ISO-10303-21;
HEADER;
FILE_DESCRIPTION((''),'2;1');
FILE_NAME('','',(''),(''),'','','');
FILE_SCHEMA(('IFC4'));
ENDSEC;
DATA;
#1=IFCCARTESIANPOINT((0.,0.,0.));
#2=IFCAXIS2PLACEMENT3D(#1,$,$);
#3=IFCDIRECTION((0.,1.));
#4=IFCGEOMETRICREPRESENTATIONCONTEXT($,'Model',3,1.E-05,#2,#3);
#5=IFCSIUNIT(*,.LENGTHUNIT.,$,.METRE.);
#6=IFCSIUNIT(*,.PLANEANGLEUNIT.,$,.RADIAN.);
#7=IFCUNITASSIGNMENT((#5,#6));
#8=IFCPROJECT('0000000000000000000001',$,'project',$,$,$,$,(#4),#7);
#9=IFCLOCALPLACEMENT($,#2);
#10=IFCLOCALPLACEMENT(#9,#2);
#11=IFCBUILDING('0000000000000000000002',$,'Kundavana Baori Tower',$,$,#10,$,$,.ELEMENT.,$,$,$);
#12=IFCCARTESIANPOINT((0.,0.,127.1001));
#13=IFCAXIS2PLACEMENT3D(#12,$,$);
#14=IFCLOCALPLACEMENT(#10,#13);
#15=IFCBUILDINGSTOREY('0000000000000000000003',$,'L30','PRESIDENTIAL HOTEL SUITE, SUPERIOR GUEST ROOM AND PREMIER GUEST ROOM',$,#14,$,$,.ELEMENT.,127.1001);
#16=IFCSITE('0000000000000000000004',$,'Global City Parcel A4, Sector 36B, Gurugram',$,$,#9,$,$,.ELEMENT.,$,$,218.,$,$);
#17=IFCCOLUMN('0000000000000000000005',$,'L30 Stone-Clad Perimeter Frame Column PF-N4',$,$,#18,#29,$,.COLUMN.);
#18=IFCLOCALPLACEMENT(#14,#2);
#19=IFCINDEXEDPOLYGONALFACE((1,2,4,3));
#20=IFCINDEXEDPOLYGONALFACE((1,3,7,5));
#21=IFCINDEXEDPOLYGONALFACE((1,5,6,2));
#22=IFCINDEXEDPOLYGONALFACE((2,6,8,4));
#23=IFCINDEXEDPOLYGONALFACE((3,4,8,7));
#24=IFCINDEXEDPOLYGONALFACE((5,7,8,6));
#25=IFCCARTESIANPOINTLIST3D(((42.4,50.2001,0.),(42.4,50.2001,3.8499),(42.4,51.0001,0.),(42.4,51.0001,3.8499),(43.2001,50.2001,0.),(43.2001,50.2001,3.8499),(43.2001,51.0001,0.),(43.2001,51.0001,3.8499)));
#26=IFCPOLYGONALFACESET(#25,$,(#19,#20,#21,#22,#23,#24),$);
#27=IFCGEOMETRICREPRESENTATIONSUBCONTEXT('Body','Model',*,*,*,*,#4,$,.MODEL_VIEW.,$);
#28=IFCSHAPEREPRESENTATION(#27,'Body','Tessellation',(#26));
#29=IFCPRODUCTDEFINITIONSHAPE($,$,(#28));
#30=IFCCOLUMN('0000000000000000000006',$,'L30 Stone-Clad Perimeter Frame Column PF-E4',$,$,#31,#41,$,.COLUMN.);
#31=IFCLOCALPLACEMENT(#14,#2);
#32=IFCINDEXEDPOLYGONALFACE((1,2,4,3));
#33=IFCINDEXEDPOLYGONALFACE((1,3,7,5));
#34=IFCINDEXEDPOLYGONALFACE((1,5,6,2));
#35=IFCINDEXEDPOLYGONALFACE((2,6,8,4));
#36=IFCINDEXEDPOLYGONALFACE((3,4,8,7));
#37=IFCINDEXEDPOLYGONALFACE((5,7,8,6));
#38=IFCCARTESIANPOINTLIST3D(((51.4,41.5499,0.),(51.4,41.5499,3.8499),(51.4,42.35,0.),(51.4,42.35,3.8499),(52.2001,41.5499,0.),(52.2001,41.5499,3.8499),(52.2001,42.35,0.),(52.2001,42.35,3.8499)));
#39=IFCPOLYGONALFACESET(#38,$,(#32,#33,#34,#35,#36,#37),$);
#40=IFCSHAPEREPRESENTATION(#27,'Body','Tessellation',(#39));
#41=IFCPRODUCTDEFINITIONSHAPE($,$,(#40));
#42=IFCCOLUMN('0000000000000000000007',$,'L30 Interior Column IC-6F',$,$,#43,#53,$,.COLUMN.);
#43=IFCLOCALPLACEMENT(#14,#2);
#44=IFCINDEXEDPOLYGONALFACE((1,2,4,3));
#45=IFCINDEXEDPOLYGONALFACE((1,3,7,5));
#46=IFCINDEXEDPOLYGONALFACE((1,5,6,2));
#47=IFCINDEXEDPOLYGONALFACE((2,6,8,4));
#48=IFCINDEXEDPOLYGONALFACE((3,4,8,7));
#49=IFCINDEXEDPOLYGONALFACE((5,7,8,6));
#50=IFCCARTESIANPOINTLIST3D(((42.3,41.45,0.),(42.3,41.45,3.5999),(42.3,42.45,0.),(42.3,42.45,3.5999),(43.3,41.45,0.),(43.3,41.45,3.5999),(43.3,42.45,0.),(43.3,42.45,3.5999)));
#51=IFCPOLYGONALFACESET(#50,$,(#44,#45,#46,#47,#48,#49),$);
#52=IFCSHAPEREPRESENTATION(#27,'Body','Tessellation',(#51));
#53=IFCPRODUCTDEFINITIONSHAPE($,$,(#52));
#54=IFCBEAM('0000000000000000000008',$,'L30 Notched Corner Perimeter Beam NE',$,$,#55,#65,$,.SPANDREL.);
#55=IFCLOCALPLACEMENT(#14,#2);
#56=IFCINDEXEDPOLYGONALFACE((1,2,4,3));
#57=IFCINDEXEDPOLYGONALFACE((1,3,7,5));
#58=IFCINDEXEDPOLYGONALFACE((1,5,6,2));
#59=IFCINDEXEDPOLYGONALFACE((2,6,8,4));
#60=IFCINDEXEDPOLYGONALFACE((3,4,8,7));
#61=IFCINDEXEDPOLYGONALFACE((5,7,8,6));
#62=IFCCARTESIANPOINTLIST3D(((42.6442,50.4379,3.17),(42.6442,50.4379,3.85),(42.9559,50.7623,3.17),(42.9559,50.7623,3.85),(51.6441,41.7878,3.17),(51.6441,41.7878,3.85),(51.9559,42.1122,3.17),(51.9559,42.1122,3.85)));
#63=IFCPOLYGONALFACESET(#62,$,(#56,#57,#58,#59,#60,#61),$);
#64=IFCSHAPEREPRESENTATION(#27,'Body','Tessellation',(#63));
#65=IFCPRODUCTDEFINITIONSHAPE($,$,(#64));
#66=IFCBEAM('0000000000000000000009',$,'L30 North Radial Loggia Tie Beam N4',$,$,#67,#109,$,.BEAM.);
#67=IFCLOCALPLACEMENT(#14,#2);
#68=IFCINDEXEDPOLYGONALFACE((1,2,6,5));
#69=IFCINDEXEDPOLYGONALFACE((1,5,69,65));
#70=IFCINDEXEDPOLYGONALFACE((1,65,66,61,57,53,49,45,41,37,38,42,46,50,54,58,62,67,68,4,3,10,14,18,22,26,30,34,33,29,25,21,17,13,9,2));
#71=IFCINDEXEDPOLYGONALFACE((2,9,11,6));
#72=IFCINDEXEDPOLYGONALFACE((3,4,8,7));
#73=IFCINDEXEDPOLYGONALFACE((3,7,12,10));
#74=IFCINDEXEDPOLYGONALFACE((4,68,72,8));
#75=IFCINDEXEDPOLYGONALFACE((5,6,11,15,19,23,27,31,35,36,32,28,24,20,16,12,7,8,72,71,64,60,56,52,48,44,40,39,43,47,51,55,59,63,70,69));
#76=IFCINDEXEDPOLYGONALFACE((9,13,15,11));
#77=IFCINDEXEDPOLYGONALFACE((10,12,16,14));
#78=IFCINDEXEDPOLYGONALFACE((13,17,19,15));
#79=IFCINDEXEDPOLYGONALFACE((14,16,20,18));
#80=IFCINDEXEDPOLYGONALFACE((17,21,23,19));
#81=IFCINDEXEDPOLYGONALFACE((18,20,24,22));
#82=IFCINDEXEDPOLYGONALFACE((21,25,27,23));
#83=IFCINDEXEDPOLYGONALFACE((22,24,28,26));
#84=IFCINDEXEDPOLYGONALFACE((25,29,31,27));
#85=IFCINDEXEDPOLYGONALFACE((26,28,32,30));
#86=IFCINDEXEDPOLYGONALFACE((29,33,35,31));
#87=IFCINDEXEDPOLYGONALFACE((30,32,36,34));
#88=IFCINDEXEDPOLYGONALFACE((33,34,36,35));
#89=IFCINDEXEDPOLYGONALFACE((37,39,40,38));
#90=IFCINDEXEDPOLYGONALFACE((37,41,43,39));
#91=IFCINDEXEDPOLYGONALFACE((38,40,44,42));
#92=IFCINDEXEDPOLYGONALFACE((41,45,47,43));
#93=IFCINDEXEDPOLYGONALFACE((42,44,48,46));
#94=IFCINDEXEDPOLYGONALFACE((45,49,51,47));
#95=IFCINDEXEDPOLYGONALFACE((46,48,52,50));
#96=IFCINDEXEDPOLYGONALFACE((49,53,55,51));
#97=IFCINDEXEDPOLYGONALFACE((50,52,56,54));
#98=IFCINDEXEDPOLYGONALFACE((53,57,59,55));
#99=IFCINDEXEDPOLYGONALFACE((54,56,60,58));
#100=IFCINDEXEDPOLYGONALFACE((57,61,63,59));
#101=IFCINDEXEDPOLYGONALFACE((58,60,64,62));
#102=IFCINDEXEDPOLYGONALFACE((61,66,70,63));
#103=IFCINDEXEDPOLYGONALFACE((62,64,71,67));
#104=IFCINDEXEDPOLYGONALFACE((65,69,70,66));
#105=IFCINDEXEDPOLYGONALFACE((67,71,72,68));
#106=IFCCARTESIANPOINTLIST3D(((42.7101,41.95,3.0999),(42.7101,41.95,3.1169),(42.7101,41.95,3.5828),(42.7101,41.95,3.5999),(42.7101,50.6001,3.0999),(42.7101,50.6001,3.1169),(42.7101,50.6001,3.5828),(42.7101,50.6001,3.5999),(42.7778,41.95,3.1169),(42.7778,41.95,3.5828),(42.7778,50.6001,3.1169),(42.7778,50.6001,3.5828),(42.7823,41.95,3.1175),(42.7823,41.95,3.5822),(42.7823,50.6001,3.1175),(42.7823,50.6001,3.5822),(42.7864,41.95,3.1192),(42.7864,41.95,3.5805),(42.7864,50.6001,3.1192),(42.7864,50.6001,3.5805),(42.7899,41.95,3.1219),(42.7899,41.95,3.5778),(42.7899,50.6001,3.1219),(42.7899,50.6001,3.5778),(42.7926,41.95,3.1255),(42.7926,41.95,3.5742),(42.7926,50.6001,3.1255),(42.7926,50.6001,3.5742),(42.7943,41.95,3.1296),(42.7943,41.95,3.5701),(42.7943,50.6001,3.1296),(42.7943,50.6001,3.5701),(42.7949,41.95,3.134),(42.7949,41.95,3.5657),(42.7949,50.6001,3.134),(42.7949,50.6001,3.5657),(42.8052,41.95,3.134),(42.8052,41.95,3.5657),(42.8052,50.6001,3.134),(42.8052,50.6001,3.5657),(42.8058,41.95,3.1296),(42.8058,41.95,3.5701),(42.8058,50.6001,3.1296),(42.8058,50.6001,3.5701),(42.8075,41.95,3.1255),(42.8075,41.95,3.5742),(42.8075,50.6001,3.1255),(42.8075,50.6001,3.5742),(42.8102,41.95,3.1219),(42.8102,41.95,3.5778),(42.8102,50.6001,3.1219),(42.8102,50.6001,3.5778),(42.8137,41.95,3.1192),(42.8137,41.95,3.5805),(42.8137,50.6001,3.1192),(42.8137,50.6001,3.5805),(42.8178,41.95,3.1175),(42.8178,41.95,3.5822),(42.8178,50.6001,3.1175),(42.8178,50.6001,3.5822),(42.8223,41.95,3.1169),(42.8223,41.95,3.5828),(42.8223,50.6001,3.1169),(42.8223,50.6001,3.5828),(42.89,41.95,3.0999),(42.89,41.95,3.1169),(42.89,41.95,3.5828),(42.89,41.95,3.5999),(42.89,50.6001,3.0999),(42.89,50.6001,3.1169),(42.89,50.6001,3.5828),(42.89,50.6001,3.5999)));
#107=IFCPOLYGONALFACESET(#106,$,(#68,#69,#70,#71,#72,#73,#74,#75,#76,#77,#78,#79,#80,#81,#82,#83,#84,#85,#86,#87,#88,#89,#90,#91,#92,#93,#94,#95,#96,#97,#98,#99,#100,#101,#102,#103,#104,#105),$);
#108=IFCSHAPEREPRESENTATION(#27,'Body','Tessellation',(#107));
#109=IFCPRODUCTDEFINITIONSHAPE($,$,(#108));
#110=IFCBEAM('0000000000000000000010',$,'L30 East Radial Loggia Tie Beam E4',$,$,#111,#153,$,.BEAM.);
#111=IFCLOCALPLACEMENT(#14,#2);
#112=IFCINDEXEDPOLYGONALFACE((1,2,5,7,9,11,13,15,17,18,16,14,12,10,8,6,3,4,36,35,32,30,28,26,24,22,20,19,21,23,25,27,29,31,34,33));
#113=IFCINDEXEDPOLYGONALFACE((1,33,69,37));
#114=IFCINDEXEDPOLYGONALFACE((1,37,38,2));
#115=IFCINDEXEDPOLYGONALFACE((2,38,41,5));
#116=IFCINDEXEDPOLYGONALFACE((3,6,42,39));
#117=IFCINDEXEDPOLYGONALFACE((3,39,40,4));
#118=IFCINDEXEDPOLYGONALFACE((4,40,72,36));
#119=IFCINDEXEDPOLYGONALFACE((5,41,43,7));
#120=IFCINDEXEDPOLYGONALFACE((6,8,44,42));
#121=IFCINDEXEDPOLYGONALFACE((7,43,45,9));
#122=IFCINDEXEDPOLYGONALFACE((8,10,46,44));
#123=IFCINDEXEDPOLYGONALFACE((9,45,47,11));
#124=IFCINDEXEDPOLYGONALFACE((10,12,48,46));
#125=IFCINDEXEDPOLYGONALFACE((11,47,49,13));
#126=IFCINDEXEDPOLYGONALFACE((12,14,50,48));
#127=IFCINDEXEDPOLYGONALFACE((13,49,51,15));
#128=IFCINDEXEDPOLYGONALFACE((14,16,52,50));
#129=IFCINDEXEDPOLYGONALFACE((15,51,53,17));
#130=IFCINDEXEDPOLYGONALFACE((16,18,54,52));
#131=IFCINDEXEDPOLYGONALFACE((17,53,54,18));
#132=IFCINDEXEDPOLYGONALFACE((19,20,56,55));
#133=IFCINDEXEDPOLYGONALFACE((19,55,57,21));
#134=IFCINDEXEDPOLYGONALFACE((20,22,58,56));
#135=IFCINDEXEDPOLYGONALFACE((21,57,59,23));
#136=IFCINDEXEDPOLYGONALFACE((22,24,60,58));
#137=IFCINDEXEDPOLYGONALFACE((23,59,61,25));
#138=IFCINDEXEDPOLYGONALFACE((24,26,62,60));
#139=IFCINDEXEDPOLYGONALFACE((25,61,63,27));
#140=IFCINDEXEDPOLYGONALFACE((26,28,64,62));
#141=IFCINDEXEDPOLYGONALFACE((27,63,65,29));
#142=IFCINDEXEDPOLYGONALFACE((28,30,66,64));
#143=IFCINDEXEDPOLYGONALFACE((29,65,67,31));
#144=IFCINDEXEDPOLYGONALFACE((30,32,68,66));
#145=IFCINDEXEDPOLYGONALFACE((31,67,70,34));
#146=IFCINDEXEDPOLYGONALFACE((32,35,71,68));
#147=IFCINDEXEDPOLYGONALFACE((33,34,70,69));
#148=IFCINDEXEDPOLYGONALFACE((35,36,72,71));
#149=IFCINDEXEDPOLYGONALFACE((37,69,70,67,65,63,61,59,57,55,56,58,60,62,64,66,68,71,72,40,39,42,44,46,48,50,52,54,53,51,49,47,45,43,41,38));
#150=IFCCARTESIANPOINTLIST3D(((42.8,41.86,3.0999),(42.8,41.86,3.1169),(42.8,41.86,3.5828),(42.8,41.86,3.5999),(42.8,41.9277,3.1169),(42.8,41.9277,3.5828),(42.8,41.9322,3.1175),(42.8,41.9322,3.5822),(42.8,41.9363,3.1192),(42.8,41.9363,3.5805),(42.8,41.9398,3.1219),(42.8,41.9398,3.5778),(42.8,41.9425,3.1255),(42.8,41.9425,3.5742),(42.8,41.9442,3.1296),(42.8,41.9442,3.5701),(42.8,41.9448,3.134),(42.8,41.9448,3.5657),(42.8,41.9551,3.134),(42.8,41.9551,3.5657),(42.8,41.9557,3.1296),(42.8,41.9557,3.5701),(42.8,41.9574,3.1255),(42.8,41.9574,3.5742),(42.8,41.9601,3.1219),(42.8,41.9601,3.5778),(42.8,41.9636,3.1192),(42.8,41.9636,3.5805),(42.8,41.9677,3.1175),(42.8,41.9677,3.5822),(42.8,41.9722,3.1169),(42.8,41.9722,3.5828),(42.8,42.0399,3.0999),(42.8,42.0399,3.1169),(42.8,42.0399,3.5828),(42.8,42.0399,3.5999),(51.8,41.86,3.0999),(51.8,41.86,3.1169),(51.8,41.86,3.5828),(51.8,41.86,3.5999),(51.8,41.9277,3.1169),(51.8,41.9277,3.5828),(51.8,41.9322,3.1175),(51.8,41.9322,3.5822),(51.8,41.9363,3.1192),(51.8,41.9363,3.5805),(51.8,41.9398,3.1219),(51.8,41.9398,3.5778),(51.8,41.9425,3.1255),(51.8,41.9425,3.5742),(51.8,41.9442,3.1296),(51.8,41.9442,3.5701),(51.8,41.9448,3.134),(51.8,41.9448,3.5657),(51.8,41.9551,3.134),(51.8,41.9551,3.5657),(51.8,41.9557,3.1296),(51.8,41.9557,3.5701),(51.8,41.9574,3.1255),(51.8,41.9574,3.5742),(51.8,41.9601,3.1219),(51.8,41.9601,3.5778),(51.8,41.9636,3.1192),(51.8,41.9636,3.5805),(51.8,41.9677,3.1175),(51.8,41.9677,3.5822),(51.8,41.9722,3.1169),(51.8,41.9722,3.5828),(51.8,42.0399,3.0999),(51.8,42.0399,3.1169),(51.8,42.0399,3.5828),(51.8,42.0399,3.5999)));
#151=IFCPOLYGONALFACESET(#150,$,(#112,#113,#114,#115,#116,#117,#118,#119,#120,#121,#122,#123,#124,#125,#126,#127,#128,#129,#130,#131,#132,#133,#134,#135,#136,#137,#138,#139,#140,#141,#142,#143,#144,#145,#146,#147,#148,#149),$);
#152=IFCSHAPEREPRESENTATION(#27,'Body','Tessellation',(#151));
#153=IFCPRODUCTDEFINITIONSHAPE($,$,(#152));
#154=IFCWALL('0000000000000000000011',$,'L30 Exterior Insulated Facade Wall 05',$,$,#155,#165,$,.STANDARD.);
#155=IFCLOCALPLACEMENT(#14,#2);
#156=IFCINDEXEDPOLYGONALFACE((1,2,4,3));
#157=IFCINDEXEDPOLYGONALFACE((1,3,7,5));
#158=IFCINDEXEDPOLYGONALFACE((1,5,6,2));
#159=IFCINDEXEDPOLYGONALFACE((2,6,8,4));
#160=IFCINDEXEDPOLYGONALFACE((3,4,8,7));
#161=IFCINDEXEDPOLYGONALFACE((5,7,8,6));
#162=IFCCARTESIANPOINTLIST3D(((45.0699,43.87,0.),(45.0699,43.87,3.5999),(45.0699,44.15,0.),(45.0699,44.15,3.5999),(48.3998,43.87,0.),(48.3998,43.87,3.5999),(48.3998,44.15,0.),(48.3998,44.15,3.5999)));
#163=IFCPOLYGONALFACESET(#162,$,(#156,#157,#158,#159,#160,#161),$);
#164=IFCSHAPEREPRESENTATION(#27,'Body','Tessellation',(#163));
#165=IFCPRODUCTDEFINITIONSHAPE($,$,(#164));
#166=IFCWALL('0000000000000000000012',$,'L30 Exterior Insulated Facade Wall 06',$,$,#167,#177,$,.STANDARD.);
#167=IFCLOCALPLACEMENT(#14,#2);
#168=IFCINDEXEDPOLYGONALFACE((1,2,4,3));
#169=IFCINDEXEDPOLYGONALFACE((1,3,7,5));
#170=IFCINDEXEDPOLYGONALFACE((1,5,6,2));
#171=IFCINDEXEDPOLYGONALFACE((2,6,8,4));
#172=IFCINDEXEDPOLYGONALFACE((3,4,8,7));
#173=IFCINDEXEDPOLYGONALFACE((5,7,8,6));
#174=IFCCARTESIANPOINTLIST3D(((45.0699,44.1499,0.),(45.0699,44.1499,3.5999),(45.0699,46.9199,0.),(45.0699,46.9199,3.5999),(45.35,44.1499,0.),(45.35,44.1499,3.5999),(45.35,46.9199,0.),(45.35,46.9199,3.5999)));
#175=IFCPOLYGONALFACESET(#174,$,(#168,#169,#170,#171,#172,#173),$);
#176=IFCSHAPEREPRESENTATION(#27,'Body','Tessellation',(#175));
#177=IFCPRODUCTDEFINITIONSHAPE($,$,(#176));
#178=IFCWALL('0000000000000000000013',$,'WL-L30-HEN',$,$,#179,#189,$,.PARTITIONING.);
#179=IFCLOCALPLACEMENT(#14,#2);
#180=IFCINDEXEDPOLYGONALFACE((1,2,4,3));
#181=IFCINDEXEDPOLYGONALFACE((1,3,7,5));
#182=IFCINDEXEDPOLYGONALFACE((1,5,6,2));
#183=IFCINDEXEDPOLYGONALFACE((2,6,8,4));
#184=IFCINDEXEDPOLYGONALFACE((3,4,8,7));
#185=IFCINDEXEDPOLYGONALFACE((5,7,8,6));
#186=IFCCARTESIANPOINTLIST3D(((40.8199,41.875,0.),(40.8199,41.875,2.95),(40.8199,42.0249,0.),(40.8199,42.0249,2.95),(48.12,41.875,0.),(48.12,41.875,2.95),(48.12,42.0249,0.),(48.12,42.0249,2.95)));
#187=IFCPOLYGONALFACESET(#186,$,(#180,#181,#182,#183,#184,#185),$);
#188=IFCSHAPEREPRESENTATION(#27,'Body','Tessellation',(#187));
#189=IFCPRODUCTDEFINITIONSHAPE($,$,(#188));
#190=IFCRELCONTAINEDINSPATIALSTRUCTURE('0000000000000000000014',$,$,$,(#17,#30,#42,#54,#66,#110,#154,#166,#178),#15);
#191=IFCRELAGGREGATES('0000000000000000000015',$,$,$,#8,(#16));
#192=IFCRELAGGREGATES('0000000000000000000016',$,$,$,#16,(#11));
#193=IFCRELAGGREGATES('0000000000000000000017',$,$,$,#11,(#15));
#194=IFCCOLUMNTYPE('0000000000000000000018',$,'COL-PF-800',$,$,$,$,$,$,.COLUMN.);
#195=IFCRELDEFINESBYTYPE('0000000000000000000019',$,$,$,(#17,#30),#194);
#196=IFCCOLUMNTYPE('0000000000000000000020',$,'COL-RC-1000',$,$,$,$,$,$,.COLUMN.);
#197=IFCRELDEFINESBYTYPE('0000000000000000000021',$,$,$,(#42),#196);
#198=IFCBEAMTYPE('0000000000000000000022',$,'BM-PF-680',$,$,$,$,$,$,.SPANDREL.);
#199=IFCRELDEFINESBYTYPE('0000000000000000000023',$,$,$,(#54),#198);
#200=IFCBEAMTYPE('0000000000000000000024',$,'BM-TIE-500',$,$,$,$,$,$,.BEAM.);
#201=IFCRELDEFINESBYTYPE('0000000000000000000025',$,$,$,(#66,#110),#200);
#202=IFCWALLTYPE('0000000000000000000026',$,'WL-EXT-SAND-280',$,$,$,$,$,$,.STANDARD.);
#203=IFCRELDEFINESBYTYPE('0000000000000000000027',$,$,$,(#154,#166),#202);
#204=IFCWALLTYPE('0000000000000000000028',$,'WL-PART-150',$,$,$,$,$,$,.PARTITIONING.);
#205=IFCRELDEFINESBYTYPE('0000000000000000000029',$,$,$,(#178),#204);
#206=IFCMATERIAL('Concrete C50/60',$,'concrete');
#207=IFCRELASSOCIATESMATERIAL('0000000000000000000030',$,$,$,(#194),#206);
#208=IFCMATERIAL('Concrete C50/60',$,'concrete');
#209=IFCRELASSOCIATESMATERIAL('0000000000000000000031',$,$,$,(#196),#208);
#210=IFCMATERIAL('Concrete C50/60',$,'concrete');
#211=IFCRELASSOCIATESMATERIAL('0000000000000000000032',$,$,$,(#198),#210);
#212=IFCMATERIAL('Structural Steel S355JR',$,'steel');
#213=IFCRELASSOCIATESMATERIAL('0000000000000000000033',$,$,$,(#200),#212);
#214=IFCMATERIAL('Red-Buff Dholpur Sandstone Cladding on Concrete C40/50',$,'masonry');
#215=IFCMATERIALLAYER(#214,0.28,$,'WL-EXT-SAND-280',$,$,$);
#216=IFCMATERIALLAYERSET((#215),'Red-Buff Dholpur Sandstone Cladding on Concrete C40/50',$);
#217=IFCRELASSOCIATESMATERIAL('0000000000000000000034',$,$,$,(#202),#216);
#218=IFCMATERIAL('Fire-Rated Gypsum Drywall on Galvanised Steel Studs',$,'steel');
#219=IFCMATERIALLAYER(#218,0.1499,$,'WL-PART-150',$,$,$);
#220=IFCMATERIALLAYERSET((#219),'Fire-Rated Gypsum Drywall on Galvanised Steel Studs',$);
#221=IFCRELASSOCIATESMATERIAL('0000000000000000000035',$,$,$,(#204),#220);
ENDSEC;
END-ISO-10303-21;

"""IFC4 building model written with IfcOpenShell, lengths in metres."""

from ifc_helpers import new_model, si_unit, direction, frame, frame_2d, origin, origin_2d, place, context, subcontext, project, spatial, rectangle, i_section, extrude, material, layer, layer_set, material_profile, profile_set, type_object, element, save


model = new_model("IFC4")

# Units and contexts
model_context = context("Model", 3, precision=1e-05, world=origin(), true_north=direction((0.0, 1.0)))
body_context = subcontext(model_context, "Body", "Model", "MODEL_VIEW")
ifc_project = project(units=[si_unit("LENGTHUNIT", "METRE"), si_unit("PLANEANGLEUNIT", "RADIAN")], contexts=[model_context])

# Site, building, storey
site_placement = place(None, origin())
site = spatial("IfcSite", under=ifc_project, at=site_placement, Name="Global City Parcel A4, Sector 36B, Gurugram", CompositionType="ELEMENT", RefElevation=218.0)
building_placement = place(site_placement, origin())
building = spatial("IfcBuilding", under=site, at=building_placement, Name="Kundavana Baori Tower", CompositionType="ELEMENT")
storey_placement = place(building_placement, frame((0.0, 0.0, 127.1001)))
storey = spatial("IfcBuildingStorey", under=building, at=storey_placement, Name="L30", Description="PRESIDENTIAL HOTEL SUITE, SUPERIOR GUEST ROOM AND PREMIER GUEST ROOM", CompositionType="ELEMENT", Elevation=127.1001)

# Columns
ifc_material_1 = material(Name="Concrete C50/60", Category="concrete")
ifc_material_profile_1 = material_profile(ifc_material_1, rectangle(XDim=0.8, YDim=0.8, at=origin_2d()), Name="RC PF 800x800")
ifc_profile_set_1 = profile_set([ifc_material_profile_1], Name="Concrete C50/60")
column_type_1 = type_object("IfcColumnType", Name="COL-PF-800", PredefinedType="COLUMN", material=ifc_profile_set_1)
for number, where, z_axis, x_axis, name in (
    (1, (42.8, 50.6001, 0.0), (0.0, 0.0, 1.0), (1.0, 0.0, 0.0), "L30 Stone-Clad Perimeter Frame Column PF-N4"),
    (2, (51.8, 41.95, 0.0), (0.0, 0.0, 1.0), (1.0, 0.0, 0.0), "L30 Stone-Clad Perimeter Frame Column PF-E4"),
):
    element("IfcColumn", number, at=place(storey_placement, frame(where, z_axis=z_axis, x_axis=x_axis)), inside=storey, type_object=column_type_1, Name=name, PredefinedType="COLUMN", context=body_context, shape_type="SweptSolid", body=[
        extrude(rectangle(XDim=0.8, YDim=0.8, at=origin_2d()), origin(), (0.0, 0.0, 1.0), 3.8499),
    ])
ifc_material_2 = material(Name="Concrete C50/60", Category="concrete")
ifc_material_profile_2 = material_profile(ifc_material_2, rectangle(XDim=1.0, YDim=1.0, at=origin_2d()), Name="RC 1000x1000")
ifc_profile_set_2 = profile_set([ifc_material_profile_2], Name="Concrete C50/60")
column_type_2 = type_object("IfcColumnType", Name="COL-RC-1000", PredefinedType="COLUMN", material=ifc_profile_set_2)
column_placement = place(storey_placement, frame((42.8, 41.95, 0.0), z_axis=(0.0, 0.0, 1.0), x_axis=(1.0, 0.0, 0.0)))
element("IfcColumn", 3, at=column_placement, inside=storey, type_object=column_type_2, Name="L30 Interior Column IC-6F", PredefinedType="COLUMN", context=body_context, shape_type="SweptSolid", body=[
    extrude(rectangle(XDim=1.0, YDim=1.0, at=origin_2d()), origin(), (0.0, 0.0, 1.0), 3.5999),
])

# Beams
ifc_material_3 = material(Name="Concrete C50/60", Category="concrete")
ifc_material_profile_3 = material_profile(ifc_material_3, rectangle(XDim=0.45, YDim=0.6799, at=origin_2d()), Name="RC BM 450x680")
ifc_profile_set_3 = profile_set([ifc_material_profile_3], Name="Concrete C50/60")
beam_type_1 = type_object("IfcBeamType", Name="BM-PF-680", PredefinedType="SPANDREL", material=ifc_profile_set_3)
beam_1_placement = place(storey_placement, frame((42.8, 50.6001, 3.51), z_axis=(0.720981, -0.692955, 0.0), x_axis=(0.692955, 0.720981, 0.0)))
element("IfcBeam", 4, at=beam_1_placement, inside=storey, type_object=beam_type_1, Name="L30 Notched Corner Perimeter Beam NE", PredefinedType="SPANDREL", context=body_context, shape_type="SweptSolid", body=[
    extrude(rectangle(XDim=0.45, YDim=0.6799, at=origin_2d()), origin(), (0.0, 0.0, 1.0), 12.4829),
])
ifc_material_4 = material(Name="Structural Steel S355JR", Category="steel")
ifc_material_profile_4 = material_profile(ifc_material_4, i_section(OverallWidth=0.1799, OverallDepth=0.5, WebThickness=0.0103, FlangeThickness=0.0171, FilletRadius=0.0171, at=origin_2d()), Name="ISMB 500")
ifc_profile_set_4 = profile_set([ifc_material_profile_4], Name="Structural Steel S355JR")
beam_type_2 = type_object("IfcBeamType", Name="BM-TIE-500", PredefinedType="BEAM", material=ifc_profile_set_4)
beam_2_placement = place(storey_placement, frame((42.8, 41.95, 3.3499), z_axis=(0.0, 1.0, 0.0), x_axis=(-1.0, 0.0, 0.0)))
element("IfcBeam", 5, at=beam_2_placement, inside=storey, type_object=beam_type_2, Name="L30 North Radial Loggia Tie Beam N4", PredefinedType="BEAM", context=body_context, shape_type="SweptSolid", body=[
    extrude(i_section(OverallWidth=0.1799, OverallDepth=0.5, WebThickness=0.0103, FlangeThickness=0.0171, FilletRadius=0.0171, at=origin_2d()), origin(), (0.0, 0.0, 1.0), 8.6501),
])
beam_3_placement = place(storey_placement, frame((42.8, 41.95, 3.3499), z_axis=(1.0, 0.0, 0.0), x_axis=(0.0, 1.0, 0.0)))
element("IfcBeam", 6, at=beam_3_placement, inside=storey, type_object=beam_type_2, Name="L30 East Radial Loggia Tie Beam E4", PredefinedType="BEAM", context=body_context, shape_type="SweptSolid", body=[
    extrude(i_section(OverallWidth=0.1799, OverallDepth=0.5, WebThickness=0.0103, FlangeThickness=0.0171, FilletRadius=0.0171, at=origin_2d()), origin(), (0.0, 0.0, 1.0), 9.0),
])

# Walls
ifc_material_5 = material(Name="Red-Buff Dholpur Sandstone Cladding on Concrete C40/50", Category="masonry")
ifc_layer_1 = layer(ifc_material_5, 0.28, Name="WL-EXT-SAND-280")
ifc_layer_set_1 = layer_set([ifc_layer_1], Name="Red-Buff Dholpur Sandstone Cladding on Concrete C40/50")
wall_type_1 = type_object("IfcWallType", Name="WL-EXT-SAND-280", PredefinedType="STANDARD", material=ifc_layer_set_1)
wall_1_placement = place(storey_placement, frame((48.3999, 44.01, 0.0), z_axis=(0.0, 0.0, 1.0), x_axis=(-1.0, 0.0, 0.0)))
element("IfcWall", 7, at=wall_1_placement, inside=storey, type_object=wall_type_1, Name="L30 Exterior Insulated Facade Wall 05", PredefinedType="STANDARD", context=body_context, shape_type="SweptSolid", body=[
    extrude(rectangle(XDim=3.3298, YDim=0.28, at=frame_2d((1.665, 0.0))), origin(), (0.0, 0.0, 1.0), 3.5999),
])
wall_2_placement = place(storey_placement, frame((45.21, 44.1499, 0.0), z_axis=(0.0, 0.0, 1.0), x_axis=(0.0, 1.0, 0.0)))
element("IfcWall", 8, at=wall_2_placement, inside=storey, type_object=wall_type_1, Name="L30 Exterior Insulated Facade Wall 06", PredefinedType="STANDARD", context=body_context, shape_type="SweptSolid", body=[
    extrude(rectangle(XDim=2.77, YDim=0.28, at=frame_2d((1.385, 0.0))), origin(), (0.0, 0.0, 1.0), 3.5999),
])

# Wall
ifc_material_6 = material(Name="Fire-Rated Gypsum Drywall on Galvanised Steel Studs", Category="steel")
ifc_layer_2 = layer(ifc_material_6, 0.1499, Name="WL-PART-150")
ifc_layer_set_2 = layer_set([ifc_layer_2], Name="Fire-Rated Gypsum Drywall on Galvanised Steel Studs")
wall_type_2 = type_object("IfcWallType", Name="WL-PART-150", PredefinedType="PARTITIONING", material=ifc_layer_set_2)
wall_3_placement = place(storey_placement, frame((40.8201, 41.95, 0.0), z_axis=(0.0, 0.0, 1.0), x_axis=(1.0, 0.0, 0.0)))
element("IfcWall", 9, at=wall_3_placement, inside=storey, type_object=wall_type_2, Name="WL-L30-HEN", PredefinedType="PARTITIONING", context=body_context, shape_type="SweptSolid", body=[
    extrude(rectangle(XDim=7.3, YDim=0.1499, at=frame_2d((3.6499, 0.0))), origin(), (0.0, 0.0, 1.0), 2.95),
])

save(model, "model.ifc")
